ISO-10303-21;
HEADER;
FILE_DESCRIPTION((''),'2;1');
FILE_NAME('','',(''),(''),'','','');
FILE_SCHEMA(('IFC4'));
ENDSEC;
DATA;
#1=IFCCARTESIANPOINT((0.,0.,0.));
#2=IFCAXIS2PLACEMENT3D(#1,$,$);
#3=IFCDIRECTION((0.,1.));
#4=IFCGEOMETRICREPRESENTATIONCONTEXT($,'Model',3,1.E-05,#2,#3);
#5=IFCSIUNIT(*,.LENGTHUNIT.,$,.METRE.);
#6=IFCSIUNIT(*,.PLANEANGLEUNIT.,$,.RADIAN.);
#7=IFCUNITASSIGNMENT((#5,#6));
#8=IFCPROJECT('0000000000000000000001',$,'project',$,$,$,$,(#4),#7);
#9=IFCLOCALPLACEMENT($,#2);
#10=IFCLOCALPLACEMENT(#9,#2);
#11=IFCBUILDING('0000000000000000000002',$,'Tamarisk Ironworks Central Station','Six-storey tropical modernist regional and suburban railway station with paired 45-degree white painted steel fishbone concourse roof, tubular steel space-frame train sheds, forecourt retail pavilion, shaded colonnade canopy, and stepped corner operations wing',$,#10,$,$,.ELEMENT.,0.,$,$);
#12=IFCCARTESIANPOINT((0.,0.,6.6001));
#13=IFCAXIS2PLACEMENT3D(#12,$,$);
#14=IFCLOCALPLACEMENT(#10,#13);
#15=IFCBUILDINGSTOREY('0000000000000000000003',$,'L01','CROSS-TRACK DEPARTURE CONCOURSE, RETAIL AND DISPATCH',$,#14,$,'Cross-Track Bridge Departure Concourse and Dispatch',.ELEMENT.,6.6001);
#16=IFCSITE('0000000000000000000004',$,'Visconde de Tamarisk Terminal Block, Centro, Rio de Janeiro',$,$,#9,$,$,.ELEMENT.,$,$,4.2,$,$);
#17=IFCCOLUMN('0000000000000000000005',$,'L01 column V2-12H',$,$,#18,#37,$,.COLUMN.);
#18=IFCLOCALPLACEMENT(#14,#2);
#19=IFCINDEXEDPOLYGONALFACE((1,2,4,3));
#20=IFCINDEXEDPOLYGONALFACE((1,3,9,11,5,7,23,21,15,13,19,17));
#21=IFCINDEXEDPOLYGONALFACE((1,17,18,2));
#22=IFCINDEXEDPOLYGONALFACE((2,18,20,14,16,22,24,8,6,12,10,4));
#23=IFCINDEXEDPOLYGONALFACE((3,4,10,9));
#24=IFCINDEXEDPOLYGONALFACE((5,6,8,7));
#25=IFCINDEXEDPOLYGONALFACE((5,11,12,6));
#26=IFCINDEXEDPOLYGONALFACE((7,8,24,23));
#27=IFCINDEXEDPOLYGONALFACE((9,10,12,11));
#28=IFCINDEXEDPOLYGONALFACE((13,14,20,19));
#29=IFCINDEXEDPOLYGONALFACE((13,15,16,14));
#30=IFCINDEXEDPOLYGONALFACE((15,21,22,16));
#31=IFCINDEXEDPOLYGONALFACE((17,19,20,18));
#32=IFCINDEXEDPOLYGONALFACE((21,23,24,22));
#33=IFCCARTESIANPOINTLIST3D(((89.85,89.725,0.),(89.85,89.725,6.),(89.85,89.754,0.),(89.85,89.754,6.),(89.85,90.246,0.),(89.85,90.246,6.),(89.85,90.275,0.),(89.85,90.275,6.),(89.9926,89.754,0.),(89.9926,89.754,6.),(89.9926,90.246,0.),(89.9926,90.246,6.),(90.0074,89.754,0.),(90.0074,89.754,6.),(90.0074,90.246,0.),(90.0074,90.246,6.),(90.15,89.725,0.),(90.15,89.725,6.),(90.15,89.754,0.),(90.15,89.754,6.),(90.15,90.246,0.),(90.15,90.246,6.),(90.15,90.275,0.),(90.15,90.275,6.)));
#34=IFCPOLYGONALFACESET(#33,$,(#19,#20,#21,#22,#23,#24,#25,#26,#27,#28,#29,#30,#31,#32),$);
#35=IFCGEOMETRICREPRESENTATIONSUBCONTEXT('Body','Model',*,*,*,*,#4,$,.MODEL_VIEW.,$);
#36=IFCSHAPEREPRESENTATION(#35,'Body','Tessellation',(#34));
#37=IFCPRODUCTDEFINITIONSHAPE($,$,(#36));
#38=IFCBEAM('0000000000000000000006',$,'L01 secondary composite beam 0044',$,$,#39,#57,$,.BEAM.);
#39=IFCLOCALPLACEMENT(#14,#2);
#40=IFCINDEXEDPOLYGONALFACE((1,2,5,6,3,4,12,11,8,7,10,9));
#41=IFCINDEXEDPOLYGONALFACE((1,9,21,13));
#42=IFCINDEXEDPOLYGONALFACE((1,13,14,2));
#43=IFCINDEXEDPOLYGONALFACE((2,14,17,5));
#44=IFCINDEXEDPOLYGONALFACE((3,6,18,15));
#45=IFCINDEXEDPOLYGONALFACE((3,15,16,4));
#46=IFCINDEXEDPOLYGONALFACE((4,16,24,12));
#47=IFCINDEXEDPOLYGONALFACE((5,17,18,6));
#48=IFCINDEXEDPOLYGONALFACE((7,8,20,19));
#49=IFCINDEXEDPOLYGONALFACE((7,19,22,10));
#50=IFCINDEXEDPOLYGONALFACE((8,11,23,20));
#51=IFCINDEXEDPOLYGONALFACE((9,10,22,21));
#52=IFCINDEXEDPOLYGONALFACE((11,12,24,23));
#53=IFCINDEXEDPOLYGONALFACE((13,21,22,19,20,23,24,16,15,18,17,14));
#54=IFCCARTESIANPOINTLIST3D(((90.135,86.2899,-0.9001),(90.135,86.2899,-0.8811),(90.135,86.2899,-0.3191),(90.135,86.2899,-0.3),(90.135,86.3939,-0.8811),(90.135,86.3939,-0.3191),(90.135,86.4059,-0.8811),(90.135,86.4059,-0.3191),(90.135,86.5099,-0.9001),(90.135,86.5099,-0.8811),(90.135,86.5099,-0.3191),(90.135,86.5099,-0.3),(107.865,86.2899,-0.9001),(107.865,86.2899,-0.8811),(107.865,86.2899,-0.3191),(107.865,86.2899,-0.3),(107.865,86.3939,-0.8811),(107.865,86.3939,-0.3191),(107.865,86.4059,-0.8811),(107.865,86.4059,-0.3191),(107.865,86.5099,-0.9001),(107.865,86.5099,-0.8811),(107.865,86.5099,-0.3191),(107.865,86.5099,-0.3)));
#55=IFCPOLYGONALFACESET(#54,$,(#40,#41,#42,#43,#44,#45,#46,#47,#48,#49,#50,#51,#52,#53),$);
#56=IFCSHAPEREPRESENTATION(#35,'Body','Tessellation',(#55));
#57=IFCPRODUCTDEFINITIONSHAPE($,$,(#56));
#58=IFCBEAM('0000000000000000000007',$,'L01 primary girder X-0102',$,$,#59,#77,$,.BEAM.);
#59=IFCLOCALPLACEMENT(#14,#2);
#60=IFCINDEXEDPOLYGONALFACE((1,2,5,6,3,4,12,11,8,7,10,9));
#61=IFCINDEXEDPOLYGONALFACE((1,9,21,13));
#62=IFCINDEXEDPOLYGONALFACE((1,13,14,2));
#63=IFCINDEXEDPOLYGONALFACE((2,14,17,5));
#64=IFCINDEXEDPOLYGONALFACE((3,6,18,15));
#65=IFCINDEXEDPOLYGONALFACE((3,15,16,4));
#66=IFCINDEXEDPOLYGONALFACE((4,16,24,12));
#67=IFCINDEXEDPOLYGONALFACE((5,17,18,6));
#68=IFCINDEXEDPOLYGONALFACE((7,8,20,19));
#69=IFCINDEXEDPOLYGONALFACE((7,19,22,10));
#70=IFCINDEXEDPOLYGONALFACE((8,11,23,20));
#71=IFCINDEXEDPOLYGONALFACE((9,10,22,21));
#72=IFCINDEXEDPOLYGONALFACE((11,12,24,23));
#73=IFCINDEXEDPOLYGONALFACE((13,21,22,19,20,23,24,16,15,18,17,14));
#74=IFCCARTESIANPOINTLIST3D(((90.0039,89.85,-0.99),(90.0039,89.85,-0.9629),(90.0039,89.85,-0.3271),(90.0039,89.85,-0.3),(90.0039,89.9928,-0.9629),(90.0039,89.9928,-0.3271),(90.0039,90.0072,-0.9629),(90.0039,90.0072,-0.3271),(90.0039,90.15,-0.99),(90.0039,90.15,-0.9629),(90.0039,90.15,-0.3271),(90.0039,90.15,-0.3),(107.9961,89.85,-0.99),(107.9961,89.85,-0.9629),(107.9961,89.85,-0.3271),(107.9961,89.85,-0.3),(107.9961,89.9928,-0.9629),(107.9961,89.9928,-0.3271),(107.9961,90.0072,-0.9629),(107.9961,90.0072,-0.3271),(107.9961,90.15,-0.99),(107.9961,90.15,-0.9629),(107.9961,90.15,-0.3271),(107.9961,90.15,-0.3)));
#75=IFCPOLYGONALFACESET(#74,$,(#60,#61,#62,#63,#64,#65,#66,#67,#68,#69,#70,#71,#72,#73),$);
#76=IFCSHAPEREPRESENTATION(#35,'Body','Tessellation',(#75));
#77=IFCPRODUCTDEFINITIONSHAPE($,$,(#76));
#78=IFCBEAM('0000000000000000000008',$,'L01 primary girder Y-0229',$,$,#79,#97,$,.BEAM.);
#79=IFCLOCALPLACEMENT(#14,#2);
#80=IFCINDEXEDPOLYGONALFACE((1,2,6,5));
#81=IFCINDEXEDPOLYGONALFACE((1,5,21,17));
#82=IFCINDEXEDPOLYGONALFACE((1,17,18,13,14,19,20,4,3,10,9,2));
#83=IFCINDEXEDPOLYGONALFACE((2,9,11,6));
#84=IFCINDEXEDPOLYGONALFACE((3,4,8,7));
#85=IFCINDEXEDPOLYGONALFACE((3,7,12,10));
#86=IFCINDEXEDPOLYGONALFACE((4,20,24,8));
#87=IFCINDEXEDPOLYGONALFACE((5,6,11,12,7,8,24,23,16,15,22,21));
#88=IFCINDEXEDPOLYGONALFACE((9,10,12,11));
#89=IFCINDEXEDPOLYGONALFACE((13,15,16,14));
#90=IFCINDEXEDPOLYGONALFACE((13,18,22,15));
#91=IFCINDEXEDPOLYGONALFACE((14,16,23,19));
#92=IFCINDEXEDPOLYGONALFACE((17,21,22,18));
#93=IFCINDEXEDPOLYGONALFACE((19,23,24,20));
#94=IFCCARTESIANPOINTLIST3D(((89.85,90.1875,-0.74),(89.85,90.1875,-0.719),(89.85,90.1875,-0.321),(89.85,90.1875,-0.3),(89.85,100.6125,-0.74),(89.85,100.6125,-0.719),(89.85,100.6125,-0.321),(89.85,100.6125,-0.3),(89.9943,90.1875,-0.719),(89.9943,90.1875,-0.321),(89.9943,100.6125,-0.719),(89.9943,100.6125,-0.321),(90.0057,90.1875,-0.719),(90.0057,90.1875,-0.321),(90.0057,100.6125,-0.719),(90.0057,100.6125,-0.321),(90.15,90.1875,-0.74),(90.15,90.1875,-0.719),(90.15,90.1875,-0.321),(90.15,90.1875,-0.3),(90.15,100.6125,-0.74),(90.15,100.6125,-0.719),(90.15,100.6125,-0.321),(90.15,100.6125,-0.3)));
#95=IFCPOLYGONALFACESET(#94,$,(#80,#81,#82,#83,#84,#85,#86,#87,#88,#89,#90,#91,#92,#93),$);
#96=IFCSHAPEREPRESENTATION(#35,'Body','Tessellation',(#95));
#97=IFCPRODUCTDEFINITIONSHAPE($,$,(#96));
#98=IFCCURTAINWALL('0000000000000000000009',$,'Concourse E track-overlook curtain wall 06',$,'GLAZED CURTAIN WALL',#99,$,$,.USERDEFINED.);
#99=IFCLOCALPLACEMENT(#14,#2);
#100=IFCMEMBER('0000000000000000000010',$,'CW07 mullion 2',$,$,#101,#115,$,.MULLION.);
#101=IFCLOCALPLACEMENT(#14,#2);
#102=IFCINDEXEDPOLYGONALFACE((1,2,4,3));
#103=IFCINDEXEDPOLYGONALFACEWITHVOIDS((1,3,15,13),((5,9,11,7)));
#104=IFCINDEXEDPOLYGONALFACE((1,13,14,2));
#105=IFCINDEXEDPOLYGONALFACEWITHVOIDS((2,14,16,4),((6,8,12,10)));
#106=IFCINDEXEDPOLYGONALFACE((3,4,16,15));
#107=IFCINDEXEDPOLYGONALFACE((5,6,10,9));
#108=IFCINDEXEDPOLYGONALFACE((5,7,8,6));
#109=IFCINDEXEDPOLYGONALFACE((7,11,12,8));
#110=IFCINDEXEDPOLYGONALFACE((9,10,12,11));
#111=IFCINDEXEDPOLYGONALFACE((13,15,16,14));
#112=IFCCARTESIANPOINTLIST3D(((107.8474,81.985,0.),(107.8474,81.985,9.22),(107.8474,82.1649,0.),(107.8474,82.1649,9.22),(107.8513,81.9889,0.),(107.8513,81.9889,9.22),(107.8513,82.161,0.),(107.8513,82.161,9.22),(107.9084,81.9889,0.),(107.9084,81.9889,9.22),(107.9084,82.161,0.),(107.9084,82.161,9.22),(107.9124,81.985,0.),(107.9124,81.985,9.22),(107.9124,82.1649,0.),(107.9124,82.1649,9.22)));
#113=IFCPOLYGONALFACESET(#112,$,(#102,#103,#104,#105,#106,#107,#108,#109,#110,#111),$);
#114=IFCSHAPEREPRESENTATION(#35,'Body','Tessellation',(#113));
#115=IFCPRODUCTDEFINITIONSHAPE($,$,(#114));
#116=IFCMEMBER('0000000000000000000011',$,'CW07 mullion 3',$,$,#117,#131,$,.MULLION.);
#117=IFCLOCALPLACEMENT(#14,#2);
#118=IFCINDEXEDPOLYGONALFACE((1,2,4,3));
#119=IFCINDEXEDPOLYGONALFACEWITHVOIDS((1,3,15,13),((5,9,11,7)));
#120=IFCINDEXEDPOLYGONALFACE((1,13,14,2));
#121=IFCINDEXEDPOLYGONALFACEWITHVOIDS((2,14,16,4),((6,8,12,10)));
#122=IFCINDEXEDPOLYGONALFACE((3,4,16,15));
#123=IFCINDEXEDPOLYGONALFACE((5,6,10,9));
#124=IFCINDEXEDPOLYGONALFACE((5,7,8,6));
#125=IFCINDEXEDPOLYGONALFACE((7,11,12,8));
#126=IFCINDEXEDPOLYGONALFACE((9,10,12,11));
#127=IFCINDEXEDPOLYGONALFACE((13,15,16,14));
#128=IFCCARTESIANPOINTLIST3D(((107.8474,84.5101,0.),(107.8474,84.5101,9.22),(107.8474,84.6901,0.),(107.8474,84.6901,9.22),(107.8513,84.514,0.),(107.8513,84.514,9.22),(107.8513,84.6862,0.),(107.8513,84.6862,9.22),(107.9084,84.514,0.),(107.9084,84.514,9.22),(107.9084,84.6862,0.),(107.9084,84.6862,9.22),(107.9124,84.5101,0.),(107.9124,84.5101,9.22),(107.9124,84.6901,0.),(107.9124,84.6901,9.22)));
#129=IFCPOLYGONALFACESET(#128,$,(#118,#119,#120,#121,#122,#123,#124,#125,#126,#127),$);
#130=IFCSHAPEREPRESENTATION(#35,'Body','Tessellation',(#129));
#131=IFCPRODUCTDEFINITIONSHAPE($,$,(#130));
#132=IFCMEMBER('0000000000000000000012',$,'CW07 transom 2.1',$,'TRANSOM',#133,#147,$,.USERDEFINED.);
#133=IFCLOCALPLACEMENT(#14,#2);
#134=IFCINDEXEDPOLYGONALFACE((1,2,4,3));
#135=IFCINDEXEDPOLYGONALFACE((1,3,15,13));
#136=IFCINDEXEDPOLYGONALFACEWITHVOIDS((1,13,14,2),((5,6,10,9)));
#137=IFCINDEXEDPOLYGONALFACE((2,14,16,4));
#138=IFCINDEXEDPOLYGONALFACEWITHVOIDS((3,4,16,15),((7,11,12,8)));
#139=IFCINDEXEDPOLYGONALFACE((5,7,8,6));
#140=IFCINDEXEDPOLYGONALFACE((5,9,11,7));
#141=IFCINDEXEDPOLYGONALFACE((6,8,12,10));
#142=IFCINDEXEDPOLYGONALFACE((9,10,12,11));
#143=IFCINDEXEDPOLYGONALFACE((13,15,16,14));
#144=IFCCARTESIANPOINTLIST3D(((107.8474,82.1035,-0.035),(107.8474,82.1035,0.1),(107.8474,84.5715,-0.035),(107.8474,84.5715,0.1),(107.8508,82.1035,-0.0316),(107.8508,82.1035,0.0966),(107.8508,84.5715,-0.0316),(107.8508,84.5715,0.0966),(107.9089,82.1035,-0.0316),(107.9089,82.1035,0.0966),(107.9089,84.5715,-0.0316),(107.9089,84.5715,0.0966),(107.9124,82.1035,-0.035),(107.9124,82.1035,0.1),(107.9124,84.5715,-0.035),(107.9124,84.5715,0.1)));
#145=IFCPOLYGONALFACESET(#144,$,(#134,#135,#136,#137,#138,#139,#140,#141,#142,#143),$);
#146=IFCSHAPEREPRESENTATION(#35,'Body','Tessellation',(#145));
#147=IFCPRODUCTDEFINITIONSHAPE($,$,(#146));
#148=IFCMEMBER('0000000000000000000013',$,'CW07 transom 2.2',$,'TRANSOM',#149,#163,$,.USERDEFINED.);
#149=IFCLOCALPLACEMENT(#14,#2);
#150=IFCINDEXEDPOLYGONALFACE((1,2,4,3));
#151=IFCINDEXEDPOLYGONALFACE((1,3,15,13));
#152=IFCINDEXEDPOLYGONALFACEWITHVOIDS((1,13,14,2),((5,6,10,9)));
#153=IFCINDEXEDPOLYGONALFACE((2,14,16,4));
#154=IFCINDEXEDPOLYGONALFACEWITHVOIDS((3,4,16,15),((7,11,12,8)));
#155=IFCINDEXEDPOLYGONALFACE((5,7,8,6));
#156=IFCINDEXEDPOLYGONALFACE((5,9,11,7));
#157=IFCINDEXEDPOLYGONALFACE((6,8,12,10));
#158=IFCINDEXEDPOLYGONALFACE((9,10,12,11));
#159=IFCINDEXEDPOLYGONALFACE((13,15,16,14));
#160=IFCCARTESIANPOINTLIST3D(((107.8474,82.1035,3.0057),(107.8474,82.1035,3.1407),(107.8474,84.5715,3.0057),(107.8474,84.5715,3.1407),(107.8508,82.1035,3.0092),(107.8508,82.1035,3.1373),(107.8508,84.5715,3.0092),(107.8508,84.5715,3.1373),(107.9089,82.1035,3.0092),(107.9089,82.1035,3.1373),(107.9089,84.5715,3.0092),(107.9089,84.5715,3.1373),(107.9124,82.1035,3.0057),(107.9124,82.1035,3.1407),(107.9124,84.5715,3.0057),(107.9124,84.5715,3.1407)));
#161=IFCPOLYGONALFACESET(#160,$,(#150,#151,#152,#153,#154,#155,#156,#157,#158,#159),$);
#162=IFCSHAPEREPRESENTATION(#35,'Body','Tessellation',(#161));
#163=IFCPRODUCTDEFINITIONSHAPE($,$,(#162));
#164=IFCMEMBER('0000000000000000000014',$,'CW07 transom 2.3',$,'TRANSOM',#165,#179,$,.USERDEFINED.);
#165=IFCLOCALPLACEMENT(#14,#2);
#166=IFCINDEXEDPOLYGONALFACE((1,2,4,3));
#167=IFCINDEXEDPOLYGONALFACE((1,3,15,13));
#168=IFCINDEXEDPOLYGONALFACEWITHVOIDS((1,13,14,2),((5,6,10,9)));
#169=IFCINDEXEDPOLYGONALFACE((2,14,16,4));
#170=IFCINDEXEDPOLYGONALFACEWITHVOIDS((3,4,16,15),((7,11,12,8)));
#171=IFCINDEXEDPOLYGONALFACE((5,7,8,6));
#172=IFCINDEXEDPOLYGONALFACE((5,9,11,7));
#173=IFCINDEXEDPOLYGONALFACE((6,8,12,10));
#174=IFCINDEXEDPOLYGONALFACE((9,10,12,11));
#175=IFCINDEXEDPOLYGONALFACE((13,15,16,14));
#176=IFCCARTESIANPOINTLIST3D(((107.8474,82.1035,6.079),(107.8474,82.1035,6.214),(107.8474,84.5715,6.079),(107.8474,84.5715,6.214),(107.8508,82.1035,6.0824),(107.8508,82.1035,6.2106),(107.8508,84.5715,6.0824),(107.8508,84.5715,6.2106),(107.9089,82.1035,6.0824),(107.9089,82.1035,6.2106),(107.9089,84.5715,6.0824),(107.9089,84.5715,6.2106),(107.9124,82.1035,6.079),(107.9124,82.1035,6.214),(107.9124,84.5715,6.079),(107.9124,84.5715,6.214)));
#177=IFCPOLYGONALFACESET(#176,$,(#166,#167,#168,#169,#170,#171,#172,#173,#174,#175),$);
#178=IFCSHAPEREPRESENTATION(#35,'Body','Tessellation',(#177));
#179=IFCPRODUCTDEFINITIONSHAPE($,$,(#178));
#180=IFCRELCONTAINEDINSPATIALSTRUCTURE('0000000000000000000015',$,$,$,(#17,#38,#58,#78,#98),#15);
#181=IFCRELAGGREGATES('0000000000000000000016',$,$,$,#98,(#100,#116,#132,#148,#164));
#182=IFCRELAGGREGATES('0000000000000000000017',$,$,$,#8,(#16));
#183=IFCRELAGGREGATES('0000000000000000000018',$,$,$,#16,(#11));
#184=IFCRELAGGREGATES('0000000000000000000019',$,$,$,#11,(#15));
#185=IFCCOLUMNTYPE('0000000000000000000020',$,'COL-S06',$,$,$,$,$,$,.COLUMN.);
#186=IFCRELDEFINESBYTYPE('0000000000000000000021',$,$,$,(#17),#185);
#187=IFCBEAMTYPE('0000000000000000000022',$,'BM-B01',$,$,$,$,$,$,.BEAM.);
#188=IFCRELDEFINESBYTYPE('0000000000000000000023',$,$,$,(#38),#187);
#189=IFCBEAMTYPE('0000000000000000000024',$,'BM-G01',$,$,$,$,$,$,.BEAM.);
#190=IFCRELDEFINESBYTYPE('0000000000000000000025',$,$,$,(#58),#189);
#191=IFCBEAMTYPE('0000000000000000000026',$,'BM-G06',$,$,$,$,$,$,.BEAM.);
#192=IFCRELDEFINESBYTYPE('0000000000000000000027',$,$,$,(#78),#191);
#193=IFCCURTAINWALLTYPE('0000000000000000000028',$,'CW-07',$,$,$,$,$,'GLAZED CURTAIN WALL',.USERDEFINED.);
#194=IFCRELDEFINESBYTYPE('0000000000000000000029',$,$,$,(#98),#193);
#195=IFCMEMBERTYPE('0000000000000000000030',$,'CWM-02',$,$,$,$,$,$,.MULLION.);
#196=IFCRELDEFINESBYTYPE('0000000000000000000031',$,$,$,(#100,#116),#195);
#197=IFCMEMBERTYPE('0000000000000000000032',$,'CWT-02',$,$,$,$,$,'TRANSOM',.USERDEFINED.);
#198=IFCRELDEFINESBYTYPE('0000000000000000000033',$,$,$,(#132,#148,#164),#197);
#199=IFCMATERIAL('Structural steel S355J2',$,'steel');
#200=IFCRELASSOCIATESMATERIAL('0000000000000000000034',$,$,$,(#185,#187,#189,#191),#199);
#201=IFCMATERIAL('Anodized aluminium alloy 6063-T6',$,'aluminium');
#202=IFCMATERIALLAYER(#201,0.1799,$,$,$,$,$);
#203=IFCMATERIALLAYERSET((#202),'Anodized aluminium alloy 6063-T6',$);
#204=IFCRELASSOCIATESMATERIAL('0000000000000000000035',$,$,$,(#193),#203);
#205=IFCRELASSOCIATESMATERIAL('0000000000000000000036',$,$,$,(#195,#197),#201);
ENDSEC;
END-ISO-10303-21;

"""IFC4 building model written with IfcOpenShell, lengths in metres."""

from ifc_helpers import new_model, si_unit, direction, frame, origin, origin_2d, place, context, subcontext, project, spatial, hollow_rectangle, i_section, extrude, material, layer, layer_set, material_profile, profile_set, type_object, element, aggregate, save


model = new_model("IFC4")

# Units and contexts
model_context = context("Model", 3, precision=1e-05, world=origin(), true_north=direction((0.0, 1.0)))
body_context = subcontext(model_context, "Body", "Model", "MODEL_VIEW")
ifc_project = project(units=[si_unit("LENGTHUNIT", "METRE"), si_unit("PLANEANGLEUNIT", "RADIAN")], contexts=[model_context])

# Site, building, storey
site_placement = place(None, origin())
site = spatial("IfcSite", under=ifc_project, at=site_placement, Name="Visconde de Tamarisk Terminal Block, Centro, Rio de Janeiro", CompositionType="ELEMENT", RefElevation=4.2)
building_placement = place(site_placement, origin())
building = spatial("IfcBuilding", under=site, at=building_placement, Name="Tamarisk Ironworks Central Station", Description="Six-storey tropical modernist regional and suburban railway station with paired 45-degree white painted steel fishbone concourse roof, tubular steel space-frame train sheds, forecourt retail pavilion, shaded colonnade canopy, and stepped corner operations wing", CompositionType="ELEMENT", ElevationOfRefHeight=0.0)
storey_placement = place(building_placement, frame((0.0, 0.0, 6.6001)))
storey = spatial("IfcBuildingStorey", under=building, at=storey_placement, Name="L01", Description="CROSS-TRACK DEPARTURE CONCOURSE, RETAIL AND DISPATCH", LongName="Cross-Track Bridge Departure Concourse and Dispatch", CompositionType="ELEMENT", Elevation=6.6001)

# Column
ifc_material_1 = material(Name="Structural steel S355J2", Category="steel")
ifc_material_profile_1 = material_profile(ifc_material_1, i_section(OverallWidth=0.3, OverallDepth=0.55, WebThickness=0.0149, FlangeThickness=0.0291, at=origin_2d()), Name="HEB 550")
ifc_profile_set_1 = profile_set([ifc_material_profile_1], Name="Structural steel S355J2")
column_type = type_object("IfcColumnType", Name="COL-S06", PredefinedType="COLUMN", material=ifc_profile_set_1)
column_placement = place(storey_placement, frame((90.0, 90.0, 0.0), z_axis=(0.0, 0.0, 1.0), x_axis=(1.0, 0.0, 0.0)))
element("IfcColumn", 1, at=column_placement, inside=storey, type_object=column_type, Name="L01 column V2-12H", PredefinedType="COLUMN", context=body_context, shape_type="SweptSolid", body=[
    extrude(i_section(OverallWidth=0.3, OverallDepth=0.55, WebThickness=0.0149, FlangeThickness=0.0291, at=origin_2d()), origin(), (0.0, 0.0, 1.0), 6.0),
])

# Beams
ifc_material_profile_2 = material_profile(ifc_material_1, i_section(OverallWidth=0.22, OverallDepth=0.6001, WebThickness=0.012, FlangeThickness=0.019, at=origin_2d()), Name="IPE 600")
ifc_profile_set_2 = profile_set([ifc_material_profile_2], Name="Structural steel S355J2")
beam_type_1 = type_object("IfcBeamType", Name="BM-B01", PredefinedType="BEAM", material=ifc_profile_set_2)
beam_1_placement = place(storey_placement, frame((90.135, 86.3999, -0.6001), z_axis=(1.0, 0.0, 0.0), x_axis=(0.0, 1.0, 0.0)))
element("IfcBeam", 2, at=beam_1_placement, inside=storey, type_object=beam_type_1, Name="L01 secondary composite beam 0044", PredefinedType="BEAM", context=body_context, shape_type="SweptSolid", body=[
    extrude(i_section(OverallWidth=0.22, OverallDepth=0.6001, WebThickness=0.012, FlangeThickness=0.019, at=origin_2d()), origin(), (0.0, 0.0, 1.0), 17.73),
])
ifc_material_profile_3 = material_profile(ifc_material_1, i_section(OverallWidth=0.3, OverallDepth=0.6899, WebThickness=0.0144, FlangeThickness=0.0271, at=origin_2d()), Name="HEA 700")
ifc_profile_set_3 = profile_set([ifc_material_profile_3], Name="Structural steel S355J2")
beam_type_2 = type_object("IfcBeamType", Name="BM-G01", PredefinedType="BEAM", material=ifc_profile_set_3)
beam_2_placement = place(storey_placement, frame((90.0039, 90.0, -0.645), z_axis=(1.0, 0.0, 0.0), x_axis=(0.0, 1.0, 0.0)))
element("IfcBeam", 3, at=beam_2_placement, inside=storey, type_object=beam_type_2, Name="L01 primary girder X-0102", PredefinedType="BEAM", context=body_context, shape_type="SweptSolid", body=[
    extrude(i_section(OverallWidth=0.3, OverallDepth=0.6899, WebThickness=0.0144, FlangeThickness=0.0271, at=origin_2d()), origin(), (0.0, 0.0, 1.0), 17.9922),
])
ifc_material_profile_4 = material_profile(ifc_material_1, i_section(OverallWidth=0.3, OverallDepth=0.4399, WebThickness=0.0115, FlangeThickness=0.021, at=origin_2d()), Name="HEA 450")
ifc_profile_set_4 = profile_set([ifc_material_profile_4], Name="Structural steel S355J2")
beam_type_3 = type_object("IfcBeamType", Name="BM-G06", PredefinedType="BEAM", material=ifc_profile_set_4)
beam_3_placement = place(storey_placement, frame((90.0, 90.1875, -0.52), z_axis=(0.0, 1.0, 0.0), x_axis=(-1.0, 0.0, 0.0)))
element("IfcBeam", 4, at=beam_3_placement, inside=storey, type_object=beam_type_3, Name="L01 primary girder Y-0229", PredefinedType="BEAM", context=body_context, shape_type="SweptSolid", body=[
    extrude(i_section(OverallWidth=0.3, OverallDepth=0.4399, WebThickness=0.0115, FlangeThickness=0.021, at=origin_2d()), origin(), (0.0, 0.0, 1.0), 10.425),
])

# Curtain wall, members
ifc_material_2 = material(Name="Anodized aluminium alloy 6063-T6", Category="aluminium")
ifc_layer_1 = layer(ifc_material_2, 0.1799)
ifc_layer_set_1 = layer_set([ifc_layer_1], Name="Anodized aluminium alloy 6063-T6")
curtain_wall_type = type_object("IfcCurtainWallType", Name="CW-07", ElementType="GLAZED CURTAIN WALL", PredefinedType="USERDEFINED", material=ifc_layer_set_1)
curtain_wall_placement = place(storey_placement, origin())
curtain_wall = element("IfcCurtainWall", 5, at=curtain_wall_placement, inside=storey, type_object=curtain_wall_type, Name="Concourse E track-overlook curtain wall 06", ObjectType="GLAZED CURTAIN WALL", PredefinedType="USERDEFINED")
ifc_material_profile_5 = material_profile(ifc_material_2, hollow_rectangle(XDim=0.0649, YDim=0.1799, WallThickness=0.0039, at=origin_2d()), Name="ALUM 180x65")
ifc_profile_set_5 = profile_set([ifc_material_profile_5], Name="Anodized aluminium alloy 6063-T6")
member_type_1 = type_object("IfcMemberType", Name="CWM-02", PredefinedType="MULLION", material=ifc_profile_set_5)
member_1_placement = place(storey_placement, frame((107.8799, 82.075, 0.0), z_axis=(0.0, 0.0, 1.0), x_axis=(-1.0, 0.0, 0.0)))
member_1 = element("IfcMember", 6, at=member_1_placement, type_object=member_type_1, Name="CW07 mullion 2", PredefinedType="MULLION", context=body_context, shape_type="SweptSolid", body=[
    extrude(hollow_rectangle(XDim=0.0649, YDim=0.1799, WallThickness=0.0039, at=origin_2d()), origin(), (0.0, 0.0, 1.0), 9.22),
])
member_2_placement = place(storey_placement, frame((107.8799, 84.6001, 0.0), z_axis=(0.0, 0.0, 1.0), x_axis=(-1.0, 0.0, 0.0)))
member_2 = element("IfcMember", 7, at=member_2_placement, type_object=member_type_1, Name="CW07 mullion 3", PredefinedType="MULLION", context=body_context, shape_type="SweptSolid", body=[
    extrude(hollow_rectangle(XDim=0.0649, YDim=0.1799, WallThickness=0.0039, at=origin_2d()), origin(), (0.0, 0.0, 1.0), 9.22),
])
ifc_material_profile_6 = material_profile(ifc_material_2, hollow_rectangle(XDim=0.0649, YDim=0.135, WallThickness=0.0034, at=origin_2d()), Name="ALUM 135x65")
ifc_profile_set_6 = profile_set([ifc_material_profile_6], Name="Anodized aluminium alloy 6063-T6")
member_type_2 = type_object("IfcMemberType", Name="CWT-02", ElementType="TRANSOM", PredefinedType="USERDEFINED", material=ifc_profile_set_6)
member_3_placement = place(storey_placement, frame((107.8799, 82.1035, 0.0325), z_axis=(0.0, 1.0, 0.0), x_axis=(-1.0, 0.0, 0.0)))
member_3 = element("IfcMember", 8, at=member_3_placement, type_object=member_type_2, Name="CW07 transom 2.1", ObjectType="TRANSOM", PredefinedType="USERDEFINED", context=body_context, shape_type="SweptSolid", body=[
    extrude(hollow_rectangle(XDim=0.0649, YDim=0.135, WallThickness=0.0034, at=origin_2d()), origin(), (0.0, 0.0, 1.0), 2.468),
])
member_4_placement = place(storey_placement, frame((107.8799, 82.1035, 3.0732), z_axis=(0.0, 1.0, 0.0), x_axis=(-1.0, 0.0, 0.0)))
member_4 = element("IfcMember", 9, at=member_4_placement, type_object=member_type_2, Name="CW07 transom 2.2", ObjectType="TRANSOM", PredefinedType="USERDEFINED", context=body_context, shape_type="SweptSolid", body=[
    extrude(hollow_rectangle(XDim=0.0649, YDim=0.135, WallThickness=0.0034, at=origin_2d()), origin(), (0.0, 0.0, 1.0), 2.468),
])
member_5_placement = place(storey_placement, frame((107.8799, 82.1035, 6.1465), z_axis=(0.0, 1.0, 0.0), x_axis=(-1.0, 0.0, 0.0)))
member_5 = element("IfcMember", 10, at=member_5_placement, type_object=member_type_2, Name="CW07 transom 2.3", ObjectType="TRANSOM", PredefinedType="USERDEFINED", context=body_context, shape_type="SweptSolid", body=[
    extrude(hollow_rectangle(XDim=0.0649, YDim=0.135, WallThickness=0.0034, at=origin_2d()), origin(), (0.0, 0.0, 1.0), 2.468),
])
aggregate(curtain_wall, [member_1, member_2, member_3, member_4, member_5])

save(model, "model.ifc")
